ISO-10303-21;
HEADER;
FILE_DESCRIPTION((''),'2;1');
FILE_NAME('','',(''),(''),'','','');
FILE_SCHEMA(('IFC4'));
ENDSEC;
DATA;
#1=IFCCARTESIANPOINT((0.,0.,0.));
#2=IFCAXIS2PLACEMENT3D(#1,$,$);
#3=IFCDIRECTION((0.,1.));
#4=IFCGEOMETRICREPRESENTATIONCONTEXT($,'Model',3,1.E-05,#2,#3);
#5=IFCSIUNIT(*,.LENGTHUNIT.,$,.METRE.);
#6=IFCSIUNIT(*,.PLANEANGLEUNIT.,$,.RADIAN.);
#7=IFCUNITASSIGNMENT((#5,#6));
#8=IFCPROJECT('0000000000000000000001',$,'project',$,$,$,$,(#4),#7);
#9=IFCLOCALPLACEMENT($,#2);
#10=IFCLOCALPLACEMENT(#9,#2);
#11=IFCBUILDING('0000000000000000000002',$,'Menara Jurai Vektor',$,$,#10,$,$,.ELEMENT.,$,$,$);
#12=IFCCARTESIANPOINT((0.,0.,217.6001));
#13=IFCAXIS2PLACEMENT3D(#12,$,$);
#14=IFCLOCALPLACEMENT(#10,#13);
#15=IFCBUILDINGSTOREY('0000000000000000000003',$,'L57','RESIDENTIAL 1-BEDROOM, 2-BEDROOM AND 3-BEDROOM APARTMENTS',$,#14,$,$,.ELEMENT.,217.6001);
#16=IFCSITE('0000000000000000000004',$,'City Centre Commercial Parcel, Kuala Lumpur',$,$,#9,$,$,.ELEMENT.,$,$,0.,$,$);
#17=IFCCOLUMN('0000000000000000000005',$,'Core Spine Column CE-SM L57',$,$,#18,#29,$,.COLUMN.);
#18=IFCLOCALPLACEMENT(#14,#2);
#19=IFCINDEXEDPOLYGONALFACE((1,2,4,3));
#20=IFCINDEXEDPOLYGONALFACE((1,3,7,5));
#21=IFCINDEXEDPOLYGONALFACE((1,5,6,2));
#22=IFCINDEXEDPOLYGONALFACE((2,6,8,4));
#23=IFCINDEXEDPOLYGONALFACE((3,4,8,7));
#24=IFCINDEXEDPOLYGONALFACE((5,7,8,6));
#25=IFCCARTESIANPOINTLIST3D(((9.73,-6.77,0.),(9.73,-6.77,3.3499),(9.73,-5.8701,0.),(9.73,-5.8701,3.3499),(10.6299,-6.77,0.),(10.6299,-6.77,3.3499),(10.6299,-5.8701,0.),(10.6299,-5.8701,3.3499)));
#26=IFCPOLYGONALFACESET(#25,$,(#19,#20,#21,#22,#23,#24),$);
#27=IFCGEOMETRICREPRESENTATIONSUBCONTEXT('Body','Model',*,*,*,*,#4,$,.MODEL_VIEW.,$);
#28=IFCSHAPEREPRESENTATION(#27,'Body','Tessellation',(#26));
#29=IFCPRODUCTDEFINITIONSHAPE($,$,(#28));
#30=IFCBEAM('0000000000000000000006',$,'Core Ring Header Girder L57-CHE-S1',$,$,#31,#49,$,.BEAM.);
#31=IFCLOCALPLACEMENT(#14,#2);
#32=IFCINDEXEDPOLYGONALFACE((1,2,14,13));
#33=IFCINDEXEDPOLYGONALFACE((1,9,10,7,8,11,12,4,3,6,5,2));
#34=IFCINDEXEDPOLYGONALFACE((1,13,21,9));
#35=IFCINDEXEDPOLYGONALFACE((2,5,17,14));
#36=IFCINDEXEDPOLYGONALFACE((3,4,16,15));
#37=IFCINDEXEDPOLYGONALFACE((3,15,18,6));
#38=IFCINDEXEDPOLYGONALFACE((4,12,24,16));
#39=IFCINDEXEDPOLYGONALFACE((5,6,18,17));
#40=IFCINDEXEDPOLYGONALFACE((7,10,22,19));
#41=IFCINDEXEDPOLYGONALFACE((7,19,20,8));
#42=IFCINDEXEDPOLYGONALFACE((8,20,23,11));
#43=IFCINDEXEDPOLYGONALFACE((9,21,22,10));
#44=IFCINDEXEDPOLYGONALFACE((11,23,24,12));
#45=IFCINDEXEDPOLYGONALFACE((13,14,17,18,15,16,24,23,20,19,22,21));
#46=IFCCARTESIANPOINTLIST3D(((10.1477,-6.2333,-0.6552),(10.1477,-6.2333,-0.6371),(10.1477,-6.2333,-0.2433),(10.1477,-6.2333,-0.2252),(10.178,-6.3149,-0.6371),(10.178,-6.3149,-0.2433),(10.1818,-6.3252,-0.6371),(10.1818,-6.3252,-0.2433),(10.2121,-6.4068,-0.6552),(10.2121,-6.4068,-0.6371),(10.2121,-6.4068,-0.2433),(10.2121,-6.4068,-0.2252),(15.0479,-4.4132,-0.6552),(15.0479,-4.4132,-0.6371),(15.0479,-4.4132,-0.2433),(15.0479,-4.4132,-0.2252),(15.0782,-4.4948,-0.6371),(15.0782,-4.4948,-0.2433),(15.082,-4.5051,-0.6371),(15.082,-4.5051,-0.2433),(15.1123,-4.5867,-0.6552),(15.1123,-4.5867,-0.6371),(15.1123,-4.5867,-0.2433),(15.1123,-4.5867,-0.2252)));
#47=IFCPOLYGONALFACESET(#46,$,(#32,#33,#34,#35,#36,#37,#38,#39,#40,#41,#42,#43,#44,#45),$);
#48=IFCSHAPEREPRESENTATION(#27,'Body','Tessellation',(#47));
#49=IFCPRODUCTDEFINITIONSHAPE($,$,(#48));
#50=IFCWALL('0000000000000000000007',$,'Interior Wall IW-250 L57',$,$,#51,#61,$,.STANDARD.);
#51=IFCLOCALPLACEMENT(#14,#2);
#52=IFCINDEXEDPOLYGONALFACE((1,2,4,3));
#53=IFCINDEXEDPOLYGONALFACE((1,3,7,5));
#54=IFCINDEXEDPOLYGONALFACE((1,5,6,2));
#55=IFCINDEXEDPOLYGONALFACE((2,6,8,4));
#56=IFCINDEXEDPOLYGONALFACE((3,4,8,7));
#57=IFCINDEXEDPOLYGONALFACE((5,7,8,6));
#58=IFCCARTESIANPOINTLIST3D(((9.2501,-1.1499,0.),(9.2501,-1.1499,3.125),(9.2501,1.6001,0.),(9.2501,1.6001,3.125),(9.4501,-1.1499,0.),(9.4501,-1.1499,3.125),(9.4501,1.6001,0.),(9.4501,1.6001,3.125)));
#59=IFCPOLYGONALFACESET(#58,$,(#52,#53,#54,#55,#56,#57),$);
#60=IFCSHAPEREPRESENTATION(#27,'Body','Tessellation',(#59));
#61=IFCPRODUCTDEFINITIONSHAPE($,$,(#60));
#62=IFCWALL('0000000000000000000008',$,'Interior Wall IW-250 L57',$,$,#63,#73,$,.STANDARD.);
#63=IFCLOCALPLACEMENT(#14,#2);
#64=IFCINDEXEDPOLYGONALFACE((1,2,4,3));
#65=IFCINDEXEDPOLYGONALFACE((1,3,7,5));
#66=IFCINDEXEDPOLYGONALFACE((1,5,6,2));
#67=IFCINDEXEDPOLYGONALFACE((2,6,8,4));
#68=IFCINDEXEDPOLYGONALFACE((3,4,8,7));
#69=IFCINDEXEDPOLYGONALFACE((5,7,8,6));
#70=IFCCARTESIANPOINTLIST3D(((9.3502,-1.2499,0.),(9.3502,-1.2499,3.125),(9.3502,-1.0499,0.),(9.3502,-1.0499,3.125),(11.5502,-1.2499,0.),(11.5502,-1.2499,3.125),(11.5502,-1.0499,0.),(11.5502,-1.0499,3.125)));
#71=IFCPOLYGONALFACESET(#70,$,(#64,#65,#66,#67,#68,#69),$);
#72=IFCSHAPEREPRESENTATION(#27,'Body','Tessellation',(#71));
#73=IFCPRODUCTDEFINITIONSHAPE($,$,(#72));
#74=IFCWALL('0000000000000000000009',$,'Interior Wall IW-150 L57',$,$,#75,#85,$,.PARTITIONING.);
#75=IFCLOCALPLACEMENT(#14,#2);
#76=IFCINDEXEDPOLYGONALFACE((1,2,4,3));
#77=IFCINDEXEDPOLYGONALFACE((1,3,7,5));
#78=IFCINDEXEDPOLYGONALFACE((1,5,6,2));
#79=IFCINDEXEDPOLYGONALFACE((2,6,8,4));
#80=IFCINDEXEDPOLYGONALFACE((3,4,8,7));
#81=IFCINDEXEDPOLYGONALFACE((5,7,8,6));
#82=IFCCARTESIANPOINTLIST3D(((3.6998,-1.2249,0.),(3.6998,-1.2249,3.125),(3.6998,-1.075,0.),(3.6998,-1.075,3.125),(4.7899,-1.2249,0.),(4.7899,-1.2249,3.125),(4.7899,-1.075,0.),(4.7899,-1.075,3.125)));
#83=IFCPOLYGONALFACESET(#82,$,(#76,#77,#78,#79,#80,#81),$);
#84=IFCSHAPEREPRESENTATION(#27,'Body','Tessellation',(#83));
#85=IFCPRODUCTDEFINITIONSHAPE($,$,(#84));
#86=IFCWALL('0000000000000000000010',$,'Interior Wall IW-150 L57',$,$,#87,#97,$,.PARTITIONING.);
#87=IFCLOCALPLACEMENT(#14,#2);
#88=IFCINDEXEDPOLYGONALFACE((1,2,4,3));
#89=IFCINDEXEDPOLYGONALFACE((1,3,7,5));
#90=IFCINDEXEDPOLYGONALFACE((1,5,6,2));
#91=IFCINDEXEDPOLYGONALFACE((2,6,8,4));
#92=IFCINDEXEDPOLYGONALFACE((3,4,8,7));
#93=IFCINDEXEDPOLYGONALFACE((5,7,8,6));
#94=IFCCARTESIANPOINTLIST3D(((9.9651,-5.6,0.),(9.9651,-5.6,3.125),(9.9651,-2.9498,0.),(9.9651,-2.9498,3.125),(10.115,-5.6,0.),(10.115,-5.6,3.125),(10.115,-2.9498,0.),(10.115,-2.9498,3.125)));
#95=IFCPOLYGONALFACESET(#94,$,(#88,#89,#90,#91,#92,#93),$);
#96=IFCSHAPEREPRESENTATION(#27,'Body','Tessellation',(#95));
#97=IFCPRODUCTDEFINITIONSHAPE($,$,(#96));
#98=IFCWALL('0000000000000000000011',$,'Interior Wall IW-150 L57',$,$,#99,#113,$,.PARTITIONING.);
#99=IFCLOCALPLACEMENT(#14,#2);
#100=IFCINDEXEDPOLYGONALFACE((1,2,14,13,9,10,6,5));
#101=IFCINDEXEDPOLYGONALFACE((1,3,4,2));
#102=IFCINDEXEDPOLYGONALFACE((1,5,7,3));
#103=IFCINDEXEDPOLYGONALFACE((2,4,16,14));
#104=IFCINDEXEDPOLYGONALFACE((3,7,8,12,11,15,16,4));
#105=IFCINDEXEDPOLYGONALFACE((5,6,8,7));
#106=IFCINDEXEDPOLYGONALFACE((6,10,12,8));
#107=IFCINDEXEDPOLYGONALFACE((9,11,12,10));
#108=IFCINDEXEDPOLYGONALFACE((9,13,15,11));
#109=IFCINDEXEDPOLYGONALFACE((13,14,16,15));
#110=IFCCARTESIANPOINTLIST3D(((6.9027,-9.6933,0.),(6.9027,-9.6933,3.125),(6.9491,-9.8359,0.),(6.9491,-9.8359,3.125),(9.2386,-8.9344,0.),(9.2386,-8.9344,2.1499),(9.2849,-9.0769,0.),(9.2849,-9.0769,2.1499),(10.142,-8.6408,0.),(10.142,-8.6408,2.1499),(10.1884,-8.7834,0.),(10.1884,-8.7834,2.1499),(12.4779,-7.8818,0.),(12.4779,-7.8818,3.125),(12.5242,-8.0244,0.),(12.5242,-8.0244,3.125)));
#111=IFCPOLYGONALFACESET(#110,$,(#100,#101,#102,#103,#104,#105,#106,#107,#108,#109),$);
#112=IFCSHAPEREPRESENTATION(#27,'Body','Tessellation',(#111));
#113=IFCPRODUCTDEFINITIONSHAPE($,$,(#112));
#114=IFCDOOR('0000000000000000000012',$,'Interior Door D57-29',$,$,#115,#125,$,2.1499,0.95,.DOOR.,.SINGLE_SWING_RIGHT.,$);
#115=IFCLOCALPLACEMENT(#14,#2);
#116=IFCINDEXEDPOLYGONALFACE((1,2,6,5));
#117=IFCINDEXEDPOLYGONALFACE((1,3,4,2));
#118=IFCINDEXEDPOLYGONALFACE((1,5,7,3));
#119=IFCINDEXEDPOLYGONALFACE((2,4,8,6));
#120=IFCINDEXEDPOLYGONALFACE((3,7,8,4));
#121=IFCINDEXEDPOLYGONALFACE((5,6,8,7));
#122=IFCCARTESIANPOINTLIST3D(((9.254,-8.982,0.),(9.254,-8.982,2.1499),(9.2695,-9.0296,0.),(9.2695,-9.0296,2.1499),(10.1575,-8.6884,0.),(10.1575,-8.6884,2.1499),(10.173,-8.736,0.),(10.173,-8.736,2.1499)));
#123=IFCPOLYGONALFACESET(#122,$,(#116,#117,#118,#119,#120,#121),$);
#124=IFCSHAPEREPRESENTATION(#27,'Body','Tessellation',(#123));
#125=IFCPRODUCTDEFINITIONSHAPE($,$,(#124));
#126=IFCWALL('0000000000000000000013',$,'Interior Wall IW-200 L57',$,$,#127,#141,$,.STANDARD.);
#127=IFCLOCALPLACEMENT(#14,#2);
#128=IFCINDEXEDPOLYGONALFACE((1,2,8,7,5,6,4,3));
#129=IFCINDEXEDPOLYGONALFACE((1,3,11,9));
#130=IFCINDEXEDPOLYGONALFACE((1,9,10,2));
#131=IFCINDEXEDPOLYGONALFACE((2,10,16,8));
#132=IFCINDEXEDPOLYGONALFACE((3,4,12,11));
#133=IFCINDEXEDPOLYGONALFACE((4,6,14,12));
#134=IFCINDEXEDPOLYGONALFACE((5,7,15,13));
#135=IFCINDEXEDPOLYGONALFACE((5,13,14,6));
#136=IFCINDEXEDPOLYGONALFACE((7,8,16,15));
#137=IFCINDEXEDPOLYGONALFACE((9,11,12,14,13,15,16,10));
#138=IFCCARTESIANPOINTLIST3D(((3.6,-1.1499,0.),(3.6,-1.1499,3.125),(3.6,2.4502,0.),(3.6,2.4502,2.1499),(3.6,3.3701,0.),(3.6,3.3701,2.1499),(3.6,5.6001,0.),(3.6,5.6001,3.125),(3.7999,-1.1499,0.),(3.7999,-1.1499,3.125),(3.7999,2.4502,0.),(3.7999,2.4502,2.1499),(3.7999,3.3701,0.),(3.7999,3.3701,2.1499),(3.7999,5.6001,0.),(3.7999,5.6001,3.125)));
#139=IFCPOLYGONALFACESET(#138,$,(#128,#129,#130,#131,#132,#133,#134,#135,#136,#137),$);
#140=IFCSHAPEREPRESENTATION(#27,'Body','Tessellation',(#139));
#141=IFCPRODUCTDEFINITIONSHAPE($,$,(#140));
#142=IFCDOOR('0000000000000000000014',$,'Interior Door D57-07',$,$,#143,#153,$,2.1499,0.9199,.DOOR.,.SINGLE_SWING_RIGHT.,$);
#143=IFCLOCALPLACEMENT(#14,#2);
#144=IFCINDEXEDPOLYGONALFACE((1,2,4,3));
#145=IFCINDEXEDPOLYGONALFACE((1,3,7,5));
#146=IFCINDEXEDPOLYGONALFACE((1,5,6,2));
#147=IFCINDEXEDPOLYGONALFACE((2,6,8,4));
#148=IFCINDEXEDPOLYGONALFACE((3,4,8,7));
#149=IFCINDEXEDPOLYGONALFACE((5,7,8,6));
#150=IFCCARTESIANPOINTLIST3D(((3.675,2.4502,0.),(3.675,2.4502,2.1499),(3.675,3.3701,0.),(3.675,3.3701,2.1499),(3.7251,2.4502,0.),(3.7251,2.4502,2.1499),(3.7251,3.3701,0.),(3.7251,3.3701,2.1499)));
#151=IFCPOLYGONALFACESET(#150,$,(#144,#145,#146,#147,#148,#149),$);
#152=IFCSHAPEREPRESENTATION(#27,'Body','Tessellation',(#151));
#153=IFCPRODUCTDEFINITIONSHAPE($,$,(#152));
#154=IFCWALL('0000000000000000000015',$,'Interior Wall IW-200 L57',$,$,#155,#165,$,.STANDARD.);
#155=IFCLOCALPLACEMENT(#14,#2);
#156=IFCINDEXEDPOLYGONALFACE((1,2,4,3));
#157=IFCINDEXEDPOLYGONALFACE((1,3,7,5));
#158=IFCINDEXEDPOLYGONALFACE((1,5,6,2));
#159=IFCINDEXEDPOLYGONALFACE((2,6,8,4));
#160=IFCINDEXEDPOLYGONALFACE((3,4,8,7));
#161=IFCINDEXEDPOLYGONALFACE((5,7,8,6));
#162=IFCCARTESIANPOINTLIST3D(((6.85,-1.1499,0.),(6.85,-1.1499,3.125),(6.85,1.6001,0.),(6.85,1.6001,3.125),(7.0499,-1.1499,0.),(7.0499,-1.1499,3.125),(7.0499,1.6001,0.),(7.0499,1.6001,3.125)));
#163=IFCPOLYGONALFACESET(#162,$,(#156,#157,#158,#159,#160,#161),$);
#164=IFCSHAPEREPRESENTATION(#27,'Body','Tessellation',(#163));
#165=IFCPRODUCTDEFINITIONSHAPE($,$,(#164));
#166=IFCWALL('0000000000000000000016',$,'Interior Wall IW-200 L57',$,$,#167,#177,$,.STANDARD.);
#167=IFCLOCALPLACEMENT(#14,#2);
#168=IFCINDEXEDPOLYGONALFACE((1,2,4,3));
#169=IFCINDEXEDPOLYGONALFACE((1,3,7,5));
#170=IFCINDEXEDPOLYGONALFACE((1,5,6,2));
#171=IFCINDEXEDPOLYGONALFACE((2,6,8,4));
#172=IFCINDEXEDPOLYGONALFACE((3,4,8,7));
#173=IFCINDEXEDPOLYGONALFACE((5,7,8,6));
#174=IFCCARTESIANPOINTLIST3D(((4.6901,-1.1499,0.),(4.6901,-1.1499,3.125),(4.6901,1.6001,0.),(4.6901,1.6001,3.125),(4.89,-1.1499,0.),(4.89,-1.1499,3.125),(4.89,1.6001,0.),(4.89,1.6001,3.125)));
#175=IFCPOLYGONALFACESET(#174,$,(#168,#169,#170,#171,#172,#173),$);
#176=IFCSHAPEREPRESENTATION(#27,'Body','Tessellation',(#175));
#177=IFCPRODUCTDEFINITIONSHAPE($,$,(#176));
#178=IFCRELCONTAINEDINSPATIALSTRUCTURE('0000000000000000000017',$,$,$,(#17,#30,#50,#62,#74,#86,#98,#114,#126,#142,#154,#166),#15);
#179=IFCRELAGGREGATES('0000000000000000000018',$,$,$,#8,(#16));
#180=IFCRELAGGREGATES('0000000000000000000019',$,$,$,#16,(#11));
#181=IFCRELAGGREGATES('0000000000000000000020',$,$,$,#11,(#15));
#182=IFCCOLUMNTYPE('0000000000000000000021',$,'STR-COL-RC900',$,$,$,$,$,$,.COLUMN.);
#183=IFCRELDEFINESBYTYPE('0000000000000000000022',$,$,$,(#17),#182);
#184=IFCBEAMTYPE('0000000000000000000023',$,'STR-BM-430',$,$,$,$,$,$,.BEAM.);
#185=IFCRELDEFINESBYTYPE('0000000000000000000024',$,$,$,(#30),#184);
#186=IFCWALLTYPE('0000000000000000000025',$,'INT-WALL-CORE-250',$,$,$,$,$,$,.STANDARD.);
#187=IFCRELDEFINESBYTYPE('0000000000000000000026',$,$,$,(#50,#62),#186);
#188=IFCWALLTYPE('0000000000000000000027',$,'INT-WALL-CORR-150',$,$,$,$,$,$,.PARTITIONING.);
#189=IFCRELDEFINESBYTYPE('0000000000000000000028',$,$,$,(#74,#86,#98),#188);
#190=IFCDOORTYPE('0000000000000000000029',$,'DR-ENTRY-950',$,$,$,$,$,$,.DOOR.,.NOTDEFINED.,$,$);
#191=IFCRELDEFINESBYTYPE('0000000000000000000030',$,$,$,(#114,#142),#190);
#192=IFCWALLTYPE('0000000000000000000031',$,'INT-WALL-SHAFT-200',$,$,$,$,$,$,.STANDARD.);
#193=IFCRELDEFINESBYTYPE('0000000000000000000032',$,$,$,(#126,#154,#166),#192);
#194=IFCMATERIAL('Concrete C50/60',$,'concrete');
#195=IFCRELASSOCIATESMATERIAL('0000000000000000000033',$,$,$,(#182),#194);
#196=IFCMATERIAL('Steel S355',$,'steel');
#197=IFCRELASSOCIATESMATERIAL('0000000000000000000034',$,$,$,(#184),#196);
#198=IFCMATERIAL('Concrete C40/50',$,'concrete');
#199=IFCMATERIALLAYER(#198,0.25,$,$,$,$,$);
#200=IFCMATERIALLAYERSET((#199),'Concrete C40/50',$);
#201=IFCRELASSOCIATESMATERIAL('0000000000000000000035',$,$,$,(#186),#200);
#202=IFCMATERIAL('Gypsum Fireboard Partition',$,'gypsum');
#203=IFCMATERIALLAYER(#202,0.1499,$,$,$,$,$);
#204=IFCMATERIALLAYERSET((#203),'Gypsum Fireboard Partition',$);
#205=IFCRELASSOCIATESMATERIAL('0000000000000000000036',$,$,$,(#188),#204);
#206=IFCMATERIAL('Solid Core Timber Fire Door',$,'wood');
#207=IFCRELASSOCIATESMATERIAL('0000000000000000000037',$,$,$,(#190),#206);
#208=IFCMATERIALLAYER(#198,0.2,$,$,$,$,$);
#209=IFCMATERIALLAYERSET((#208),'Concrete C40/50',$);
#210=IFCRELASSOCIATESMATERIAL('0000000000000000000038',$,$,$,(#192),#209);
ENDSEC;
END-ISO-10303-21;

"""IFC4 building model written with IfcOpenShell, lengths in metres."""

from ifc_helpers import new_model, si_unit, direction, frame, frame_2d, origin, origin_2d, place, context, subcontext, project, spatial, rectangle, i_section, extrude, material, layer, layer_set, material_profile, profile_set, type_object, element, fill, save


model = new_model("IFC4")

# Units and contexts
model_context = context("Model", 3, precision=1e-05, world=origin(), true_north=direction((0.0, 1.0)))
body_context = subcontext(model_context, "Body", "Model", "MODEL_VIEW")
ifc_project = project(units=[si_unit("LENGTHUNIT", "METRE"), si_unit("PLANEANGLEUNIT", "RADIAN")], contexts=[model_context])

# Site, building, storey
site_placement = place(None, origin())
site = spatial("IfcSite", under=ifc_project, at=site_placement, Name="City Centre Commercial Parcel, Kuala Lumpur", CompositionType="ELEMENT", RefElevation=0.0)
building_placement = place(site_placement, origin())
building = spatial("IfcBuilding", under=site, at=building_placement, Name="Menara Jurai Vektor", CompositionType="ELEMENT")
storey_placement = place(building_placement, frame((0.0, 0.0, 217.6001)))
storey = spatial("IfcBuildingStorey", under=building, at=storey_placement, Name="L57", Description="RESIDENTIAL 1-BEDROOM, 2-BEDROOM AND 3-BEDROOM APARTMENTS", CompositionType="ELEMENT", Elevation=217.6001)

# Column
ifc_material_1 = material(Name="Concrete C50/60", Category="concrete")
ifc_material_profile_1 = material_profile(ifc_material_1, rectangle(XDim=0.8999, YDim=0.8999, at=origin_2d()), Name="RC 900x900")
ifc_profile_set_1 = profile_set([ifc_material_profile_1], Name="Concrete C50/60")
column_type = type_object("IfcColumnType", Name="STR-COL-RC900", PredefinedType="COLUMN", material=ifc_profile_set_1)
column_placement = place(storey_placement, frame((10.1799, -6.3201, 0.0), z_axis=(0.0, 0.0, 1.0), x_axis=(1.0, 0.0, 0.0)))
element("IfcColumn", 1, at=column_placement, inside=storey, type_object=column_type, Name="Core Spine Column CE-SM L57", PredefinedType="COLUMN", context=body_context, shape_type="SweptSolid", body=[
    extrude(rectangle(XDim=0.8999, YDim=0.8999, at=origin_2d()), origin(), (0.0, 0.0, 1.0), 3.3499),
])

# Beam
ifc_material_2 = material(Name="Steel S355", Category="steel")
ifc_material_profile_2 = material_profile(ifc_material_2, i_section(OverallWidth=0.1851, OverallDepth=0.4299, WebThickness=0.011, FlangeThickness=0.0181, at=origin_2d()), Name="PG 430x185x76")
ifc_profile_set_2 = profile_set([ifc_material_profile_2], Name="Steel S355")
beam_type = type_object("IfcBeamType", Name="STR-BM-430", PredefinedType="BEAM", material=ifc_profile_set_2)
beam_placement = place(storey_placement, frame((10.1799, -6.3201, -0.4402), z_axis=(0.937424, 0.348189, 0.0), x_axis=(-0.348189, 0.937424, 0.0)))
element("IfcBeam", 2, at=beam_placement, inside=storey, type_object=beam_type, Name="Core Ring Header Girder L57-CHE-S1", PredefinedType="BEAM", context=body_context, shape_type="SweptSolid", body=[
    extrude(i_section(OverallWidth=0.1851, OverallDepth=0.4299, WebThickness=0.011, FlangeThickness=0.0181, at=origin_2d()), origin(), (0.0, 0.0, 1.0), 5.2273),
])

# Walls
ifc_material_3 = material(Name="Concrete C40/50", Category="concrete")
ifc_layer_1 = layer(ifc_material_3, 0.25)
ifc_layer_set_1 = layer_set([ifc_layer_1], Name="Concrete C40/50")
wall_type_1 = type_object("IfcWallType", Name="INT-WALL-CORE-250", PredefinedType="STANDARD", material=ifc_layer_set_1)
wall_1_placement = place(storey_placement, frame((9.3501, -1.1499, 0.0), z_axis=(0.0, 0.0, 1.0), x_axis=(0.0, 1.0, 0.0)))
element("IfcWall", 3, at=wall_1_placement, inside=storey, type_object=wall_type_1, Name="Interior Wall IW-250 L57", PredefinedType="STANDARD", context=body_context, shape_type="SweptSolid", body=[
    extrude(rectangle(XDim=2.75, YDim=0.2, at=frame_2d((1.375, 0.0))), origin(), (0.0, 0.0, 1.0), 3.125),
])
wall_2_placement = place(storey_placement, frame((9.3501, -1.1499, 0.0), z_axis=(0.0, 0.0, 1.0), x_axis=(1.0, 0.0, 0.0)))
element("IfcWall", 4, at=wall_2_placement, inside=storey, type_object=wall_type_1, Name="Interior Wall IW-250 L57", PredefinedType="STANDARD", context=body_context, shape_type="SweptSolid", body=[
    extrude(rectangle(XDim=2.2, YDim=0.2, at=frame_2d((1.1001, 0.0))), origin(), (0.0, 0.0, 1.0), 3.125),
])
ifc_material_4 = material(Name="Gypsum Fireboard Partition", Category="gypsum")
ifc_layer_2 = layer(ifc_material_4, 0.1499)
ifc_layer_set_2 = layer_set([ifc_layer_2], Name="Gypsum Fireboard Partition")
wall_type_2 = type_object("IfcWallType", Name="INT-WALL-CORR-150", PredefinedType="PARTITIONING", material=ifc_layer_set_2)
wall_3_placement = place(storey_placement, frame((3.7, -1.1499, 0.0), z_axis=(0.0, 0.0, 1.0), x_axis=(1.0, 0.0, 0.0)))
element("IfcWall", 5, at=wall_3_placement, inside=storey, type_object=wall_type_2, Name="Interior Wall IW-150 L57", PredefinedType="PARTITIONING", context=body_context, shape_type="SweptSolid", body=[
    extrude(rectangle(XDim=1.0901, YDim=0.1499, at=frame_2d((0.5449, 0.0))), origin(), (0.0, 0.0, 1.0), 3.125),
])
wall_4_placement = place(storey_placement, frame((10.04, -5.6001, 0.0), z_axis=(0.0, 0.0, 1.0), x_axis=(0.0, 1.0, 0.0)))
element("IfcWall", 6, at=wall_4_placement, inside=storey, type_object=wall_type_2, Name="Interior Wall IW-150 L57", PredefinedType="PARTITIONING", context=body_context, shape_type="SweptSolid", body=[
    extrude(rectangle(XDim=2.6501, YDim=0.1499, at=frame_2d((1.3252, 0.0))), origin(), (0.0, 0.0, 1.0), 3.125),
])

# Walls, openings, doors
wall_5_placement = place(storey_placement, frame((6.9258, -9.7646, 0.0), z_axis=(0.0, 0.0, 1.0), x_axis=(0.951055, 0.309022, 0.0)))
wall_5 = element("IfcWall", 7, at=wall_5_placement, inside=storey, type_object=wall_type_2, Name="Interior Wall IW-150 L57", PredefinedType="PARTITIONING", context=body_context, shape_type="SweptSolid", body=[
    extrude(rectangle(XDim=5.8621, YDim=0.1499, at=frame_2d((2.9312, 0.0))), origin(), (0.0, 0.0, 1.0), 3.125),
])
opening_1_placement = place(wall_5_placement, frame((2.4561, 0.0, 0.0)))
opening_1 = element("IfcOpeningElement", 8, at=opening_1_placement, cuts=wall_5, PredefinedType="OPENING", context=body_context, shape_type="SweptSolid", body=[
    extrude(rectangle(XDim=0.95, YDim=2.1499, at=frame_2d((0.4751, 1.075))), frame((0.0, 0.085, 0.0), z_axis=(0.0, -1.0, 0.0), x_axis=(1.0, 0.0, 0.0)), (0.0, 0.0, 1.0), 0.1699),
])
ifc_material_5 = material(Name="Solid Core Timber Fire Door", Category="wood")
door_type_1 = type_object("IfcDoorType", Name="DR-ENTRY-950", OperationType="NOTDEFINED", PredefinedType="DOOR", material=ifc_material_5)
door_1_placement = place(opening_1_placement, origin())
door_1 = element("IfcDoor", 9, at=door_1_placement, inside=storey, type_object=door_type_1, Name="Interior Door D57-29", OperationType="SINGLE_SWING_RIGHT", OverallHeight=2.1499, OverallWidth=0.95, PredefinedType="DOOR", context=body_context, shape_type="SweptSolid", body=[
    extrude(rectangle(XDim=0.95, YDim=2.1499, at=frame_2d((0.4751, 1.075))), frame((0.0, 0.0249, 0.0), z_axis=(0.0, -1.0, 0.0), x_axis=(1.0, 0.0, 0.0)), (0.0, 0.0, 1.0), 0.05),
])
fill(opening_1, door_1)
ifc_layer_3 = layer(ifc_material_3, 0.2)
ifc_layer_set_3 = layer_set([ifc_layer_3], Name="Concrete C40/50")
wall_type_3 = type_object("IfcWallType", Name="INT-WALL-SHAFT-200", PredefinedType="STANDARD", material=ifc_layer_set_3)
wall_6_placement = place(storey_placement, frame((3.7, -1.1499, 0.0), z_axis=(0.0, 0.0, 1.0), x_axis=(0.0, 1.0, 0.0)))
wall_6 = element("IfcWall", 10, at=wall_6_placement, inside=storey, type_object=wall_type_3, Name="Interior Wall IW-200 L57", PredefinedType="STANDARD", context=body_context, shape_type="SweptSolid", body=[
    extrude(rectangle(XDim=6.75, YDim=0.2, at=frame_2d((3.375, 0.0))), origin(), (0.0, 0.0, 1.0), 3.125),
])
opening_2_placement = place(wall_6_placement, frame((3.6001, 0.0, 0.0)))
opening_2 = element("IfcOpeningElement", 11, at=opening_2_placement, cuts=wall_6, PredefinedType="OPENING", context=body_context, shape_type="SweptSolid", body=[
    extrude(rectangle(XDim=0.9199, YDim=2.1499, at=frame_2d((0.46, 1.075))), frame((0.0, 0.1099, 0.0), z_axis=(0.0, -1.0, 0.0), x_axis=(1.0, 0.0, 0.0)), (0.0, 0.0, 1.0), 0.22),
])
door_2_placement = place(opening_2_placement, origin())
door_2 = element("IfcDoor", 12, at=door_2_placement, inside=storey, type_object=door_type_1, Name="Interior Door D57-07", OperationType="SINGLE_SWING_RIGHT", OverallHeight=2.1499, OverallWidth=0.9199, PredefinedType="DOOR", context=body_context, shape_type="SweptSolid", body=[
    extrude(rectangle(XDim=0.9199, YDim=2.1499, at=frame_2d((0.46, 1.075))), frame((0.0, 0.0249, 0.0), z_axis=(0.0, -1.0, 0.0), x_axis=(1.0, 0.0, 0.0)), (0.0, 0.0, 1.0), 0.05),
])
fill(opening_2, door_2)

# Wall
wall_7_placement = place(storey_placement, frame((6.95, -1.1499, 0.0), z_axis=(0.0, 0.0, 1.0), x_axis=(0.0, 1.0, 0.0)))
element("IfcWall", 13, at=wall_7_placement, inside=storey, type_object=wall_type_3, Name="Interior Wall IW-200 L57", PredefinedType="STANDARD", context=body_context, shape_type="SweptSolid", body=[
    extrude(rectangle(XDim=2.75, YDim=0.2, at=frame_2d((1.375, 0.0))), origin(), (0.0, 0.0, 1.0), 3.125),
])

# Wall
wall_8_placement = place(storey_placement, frame((4.79, -1.1499, 0.0), z_axis=(0.0, 0.0, 1.0), x_axis=(0.0, 1.0, 0.0)))
element("IfcWall", 14, at=wall_8_placement, inside=storey, type_object=wall_type_3, Name="Interior Wall IW-200 L57", PredefinedType="STANDARD", context=body_context, shape_type="SweptSolid", body=[
    extrude(rectangle(XDim=2.75, YDim=0.2, at=frame_2d((1.375, 0.0))), origin(), (0.0, 0.0, 1.0), 3.125),
])

save(model, "model.ifc")
